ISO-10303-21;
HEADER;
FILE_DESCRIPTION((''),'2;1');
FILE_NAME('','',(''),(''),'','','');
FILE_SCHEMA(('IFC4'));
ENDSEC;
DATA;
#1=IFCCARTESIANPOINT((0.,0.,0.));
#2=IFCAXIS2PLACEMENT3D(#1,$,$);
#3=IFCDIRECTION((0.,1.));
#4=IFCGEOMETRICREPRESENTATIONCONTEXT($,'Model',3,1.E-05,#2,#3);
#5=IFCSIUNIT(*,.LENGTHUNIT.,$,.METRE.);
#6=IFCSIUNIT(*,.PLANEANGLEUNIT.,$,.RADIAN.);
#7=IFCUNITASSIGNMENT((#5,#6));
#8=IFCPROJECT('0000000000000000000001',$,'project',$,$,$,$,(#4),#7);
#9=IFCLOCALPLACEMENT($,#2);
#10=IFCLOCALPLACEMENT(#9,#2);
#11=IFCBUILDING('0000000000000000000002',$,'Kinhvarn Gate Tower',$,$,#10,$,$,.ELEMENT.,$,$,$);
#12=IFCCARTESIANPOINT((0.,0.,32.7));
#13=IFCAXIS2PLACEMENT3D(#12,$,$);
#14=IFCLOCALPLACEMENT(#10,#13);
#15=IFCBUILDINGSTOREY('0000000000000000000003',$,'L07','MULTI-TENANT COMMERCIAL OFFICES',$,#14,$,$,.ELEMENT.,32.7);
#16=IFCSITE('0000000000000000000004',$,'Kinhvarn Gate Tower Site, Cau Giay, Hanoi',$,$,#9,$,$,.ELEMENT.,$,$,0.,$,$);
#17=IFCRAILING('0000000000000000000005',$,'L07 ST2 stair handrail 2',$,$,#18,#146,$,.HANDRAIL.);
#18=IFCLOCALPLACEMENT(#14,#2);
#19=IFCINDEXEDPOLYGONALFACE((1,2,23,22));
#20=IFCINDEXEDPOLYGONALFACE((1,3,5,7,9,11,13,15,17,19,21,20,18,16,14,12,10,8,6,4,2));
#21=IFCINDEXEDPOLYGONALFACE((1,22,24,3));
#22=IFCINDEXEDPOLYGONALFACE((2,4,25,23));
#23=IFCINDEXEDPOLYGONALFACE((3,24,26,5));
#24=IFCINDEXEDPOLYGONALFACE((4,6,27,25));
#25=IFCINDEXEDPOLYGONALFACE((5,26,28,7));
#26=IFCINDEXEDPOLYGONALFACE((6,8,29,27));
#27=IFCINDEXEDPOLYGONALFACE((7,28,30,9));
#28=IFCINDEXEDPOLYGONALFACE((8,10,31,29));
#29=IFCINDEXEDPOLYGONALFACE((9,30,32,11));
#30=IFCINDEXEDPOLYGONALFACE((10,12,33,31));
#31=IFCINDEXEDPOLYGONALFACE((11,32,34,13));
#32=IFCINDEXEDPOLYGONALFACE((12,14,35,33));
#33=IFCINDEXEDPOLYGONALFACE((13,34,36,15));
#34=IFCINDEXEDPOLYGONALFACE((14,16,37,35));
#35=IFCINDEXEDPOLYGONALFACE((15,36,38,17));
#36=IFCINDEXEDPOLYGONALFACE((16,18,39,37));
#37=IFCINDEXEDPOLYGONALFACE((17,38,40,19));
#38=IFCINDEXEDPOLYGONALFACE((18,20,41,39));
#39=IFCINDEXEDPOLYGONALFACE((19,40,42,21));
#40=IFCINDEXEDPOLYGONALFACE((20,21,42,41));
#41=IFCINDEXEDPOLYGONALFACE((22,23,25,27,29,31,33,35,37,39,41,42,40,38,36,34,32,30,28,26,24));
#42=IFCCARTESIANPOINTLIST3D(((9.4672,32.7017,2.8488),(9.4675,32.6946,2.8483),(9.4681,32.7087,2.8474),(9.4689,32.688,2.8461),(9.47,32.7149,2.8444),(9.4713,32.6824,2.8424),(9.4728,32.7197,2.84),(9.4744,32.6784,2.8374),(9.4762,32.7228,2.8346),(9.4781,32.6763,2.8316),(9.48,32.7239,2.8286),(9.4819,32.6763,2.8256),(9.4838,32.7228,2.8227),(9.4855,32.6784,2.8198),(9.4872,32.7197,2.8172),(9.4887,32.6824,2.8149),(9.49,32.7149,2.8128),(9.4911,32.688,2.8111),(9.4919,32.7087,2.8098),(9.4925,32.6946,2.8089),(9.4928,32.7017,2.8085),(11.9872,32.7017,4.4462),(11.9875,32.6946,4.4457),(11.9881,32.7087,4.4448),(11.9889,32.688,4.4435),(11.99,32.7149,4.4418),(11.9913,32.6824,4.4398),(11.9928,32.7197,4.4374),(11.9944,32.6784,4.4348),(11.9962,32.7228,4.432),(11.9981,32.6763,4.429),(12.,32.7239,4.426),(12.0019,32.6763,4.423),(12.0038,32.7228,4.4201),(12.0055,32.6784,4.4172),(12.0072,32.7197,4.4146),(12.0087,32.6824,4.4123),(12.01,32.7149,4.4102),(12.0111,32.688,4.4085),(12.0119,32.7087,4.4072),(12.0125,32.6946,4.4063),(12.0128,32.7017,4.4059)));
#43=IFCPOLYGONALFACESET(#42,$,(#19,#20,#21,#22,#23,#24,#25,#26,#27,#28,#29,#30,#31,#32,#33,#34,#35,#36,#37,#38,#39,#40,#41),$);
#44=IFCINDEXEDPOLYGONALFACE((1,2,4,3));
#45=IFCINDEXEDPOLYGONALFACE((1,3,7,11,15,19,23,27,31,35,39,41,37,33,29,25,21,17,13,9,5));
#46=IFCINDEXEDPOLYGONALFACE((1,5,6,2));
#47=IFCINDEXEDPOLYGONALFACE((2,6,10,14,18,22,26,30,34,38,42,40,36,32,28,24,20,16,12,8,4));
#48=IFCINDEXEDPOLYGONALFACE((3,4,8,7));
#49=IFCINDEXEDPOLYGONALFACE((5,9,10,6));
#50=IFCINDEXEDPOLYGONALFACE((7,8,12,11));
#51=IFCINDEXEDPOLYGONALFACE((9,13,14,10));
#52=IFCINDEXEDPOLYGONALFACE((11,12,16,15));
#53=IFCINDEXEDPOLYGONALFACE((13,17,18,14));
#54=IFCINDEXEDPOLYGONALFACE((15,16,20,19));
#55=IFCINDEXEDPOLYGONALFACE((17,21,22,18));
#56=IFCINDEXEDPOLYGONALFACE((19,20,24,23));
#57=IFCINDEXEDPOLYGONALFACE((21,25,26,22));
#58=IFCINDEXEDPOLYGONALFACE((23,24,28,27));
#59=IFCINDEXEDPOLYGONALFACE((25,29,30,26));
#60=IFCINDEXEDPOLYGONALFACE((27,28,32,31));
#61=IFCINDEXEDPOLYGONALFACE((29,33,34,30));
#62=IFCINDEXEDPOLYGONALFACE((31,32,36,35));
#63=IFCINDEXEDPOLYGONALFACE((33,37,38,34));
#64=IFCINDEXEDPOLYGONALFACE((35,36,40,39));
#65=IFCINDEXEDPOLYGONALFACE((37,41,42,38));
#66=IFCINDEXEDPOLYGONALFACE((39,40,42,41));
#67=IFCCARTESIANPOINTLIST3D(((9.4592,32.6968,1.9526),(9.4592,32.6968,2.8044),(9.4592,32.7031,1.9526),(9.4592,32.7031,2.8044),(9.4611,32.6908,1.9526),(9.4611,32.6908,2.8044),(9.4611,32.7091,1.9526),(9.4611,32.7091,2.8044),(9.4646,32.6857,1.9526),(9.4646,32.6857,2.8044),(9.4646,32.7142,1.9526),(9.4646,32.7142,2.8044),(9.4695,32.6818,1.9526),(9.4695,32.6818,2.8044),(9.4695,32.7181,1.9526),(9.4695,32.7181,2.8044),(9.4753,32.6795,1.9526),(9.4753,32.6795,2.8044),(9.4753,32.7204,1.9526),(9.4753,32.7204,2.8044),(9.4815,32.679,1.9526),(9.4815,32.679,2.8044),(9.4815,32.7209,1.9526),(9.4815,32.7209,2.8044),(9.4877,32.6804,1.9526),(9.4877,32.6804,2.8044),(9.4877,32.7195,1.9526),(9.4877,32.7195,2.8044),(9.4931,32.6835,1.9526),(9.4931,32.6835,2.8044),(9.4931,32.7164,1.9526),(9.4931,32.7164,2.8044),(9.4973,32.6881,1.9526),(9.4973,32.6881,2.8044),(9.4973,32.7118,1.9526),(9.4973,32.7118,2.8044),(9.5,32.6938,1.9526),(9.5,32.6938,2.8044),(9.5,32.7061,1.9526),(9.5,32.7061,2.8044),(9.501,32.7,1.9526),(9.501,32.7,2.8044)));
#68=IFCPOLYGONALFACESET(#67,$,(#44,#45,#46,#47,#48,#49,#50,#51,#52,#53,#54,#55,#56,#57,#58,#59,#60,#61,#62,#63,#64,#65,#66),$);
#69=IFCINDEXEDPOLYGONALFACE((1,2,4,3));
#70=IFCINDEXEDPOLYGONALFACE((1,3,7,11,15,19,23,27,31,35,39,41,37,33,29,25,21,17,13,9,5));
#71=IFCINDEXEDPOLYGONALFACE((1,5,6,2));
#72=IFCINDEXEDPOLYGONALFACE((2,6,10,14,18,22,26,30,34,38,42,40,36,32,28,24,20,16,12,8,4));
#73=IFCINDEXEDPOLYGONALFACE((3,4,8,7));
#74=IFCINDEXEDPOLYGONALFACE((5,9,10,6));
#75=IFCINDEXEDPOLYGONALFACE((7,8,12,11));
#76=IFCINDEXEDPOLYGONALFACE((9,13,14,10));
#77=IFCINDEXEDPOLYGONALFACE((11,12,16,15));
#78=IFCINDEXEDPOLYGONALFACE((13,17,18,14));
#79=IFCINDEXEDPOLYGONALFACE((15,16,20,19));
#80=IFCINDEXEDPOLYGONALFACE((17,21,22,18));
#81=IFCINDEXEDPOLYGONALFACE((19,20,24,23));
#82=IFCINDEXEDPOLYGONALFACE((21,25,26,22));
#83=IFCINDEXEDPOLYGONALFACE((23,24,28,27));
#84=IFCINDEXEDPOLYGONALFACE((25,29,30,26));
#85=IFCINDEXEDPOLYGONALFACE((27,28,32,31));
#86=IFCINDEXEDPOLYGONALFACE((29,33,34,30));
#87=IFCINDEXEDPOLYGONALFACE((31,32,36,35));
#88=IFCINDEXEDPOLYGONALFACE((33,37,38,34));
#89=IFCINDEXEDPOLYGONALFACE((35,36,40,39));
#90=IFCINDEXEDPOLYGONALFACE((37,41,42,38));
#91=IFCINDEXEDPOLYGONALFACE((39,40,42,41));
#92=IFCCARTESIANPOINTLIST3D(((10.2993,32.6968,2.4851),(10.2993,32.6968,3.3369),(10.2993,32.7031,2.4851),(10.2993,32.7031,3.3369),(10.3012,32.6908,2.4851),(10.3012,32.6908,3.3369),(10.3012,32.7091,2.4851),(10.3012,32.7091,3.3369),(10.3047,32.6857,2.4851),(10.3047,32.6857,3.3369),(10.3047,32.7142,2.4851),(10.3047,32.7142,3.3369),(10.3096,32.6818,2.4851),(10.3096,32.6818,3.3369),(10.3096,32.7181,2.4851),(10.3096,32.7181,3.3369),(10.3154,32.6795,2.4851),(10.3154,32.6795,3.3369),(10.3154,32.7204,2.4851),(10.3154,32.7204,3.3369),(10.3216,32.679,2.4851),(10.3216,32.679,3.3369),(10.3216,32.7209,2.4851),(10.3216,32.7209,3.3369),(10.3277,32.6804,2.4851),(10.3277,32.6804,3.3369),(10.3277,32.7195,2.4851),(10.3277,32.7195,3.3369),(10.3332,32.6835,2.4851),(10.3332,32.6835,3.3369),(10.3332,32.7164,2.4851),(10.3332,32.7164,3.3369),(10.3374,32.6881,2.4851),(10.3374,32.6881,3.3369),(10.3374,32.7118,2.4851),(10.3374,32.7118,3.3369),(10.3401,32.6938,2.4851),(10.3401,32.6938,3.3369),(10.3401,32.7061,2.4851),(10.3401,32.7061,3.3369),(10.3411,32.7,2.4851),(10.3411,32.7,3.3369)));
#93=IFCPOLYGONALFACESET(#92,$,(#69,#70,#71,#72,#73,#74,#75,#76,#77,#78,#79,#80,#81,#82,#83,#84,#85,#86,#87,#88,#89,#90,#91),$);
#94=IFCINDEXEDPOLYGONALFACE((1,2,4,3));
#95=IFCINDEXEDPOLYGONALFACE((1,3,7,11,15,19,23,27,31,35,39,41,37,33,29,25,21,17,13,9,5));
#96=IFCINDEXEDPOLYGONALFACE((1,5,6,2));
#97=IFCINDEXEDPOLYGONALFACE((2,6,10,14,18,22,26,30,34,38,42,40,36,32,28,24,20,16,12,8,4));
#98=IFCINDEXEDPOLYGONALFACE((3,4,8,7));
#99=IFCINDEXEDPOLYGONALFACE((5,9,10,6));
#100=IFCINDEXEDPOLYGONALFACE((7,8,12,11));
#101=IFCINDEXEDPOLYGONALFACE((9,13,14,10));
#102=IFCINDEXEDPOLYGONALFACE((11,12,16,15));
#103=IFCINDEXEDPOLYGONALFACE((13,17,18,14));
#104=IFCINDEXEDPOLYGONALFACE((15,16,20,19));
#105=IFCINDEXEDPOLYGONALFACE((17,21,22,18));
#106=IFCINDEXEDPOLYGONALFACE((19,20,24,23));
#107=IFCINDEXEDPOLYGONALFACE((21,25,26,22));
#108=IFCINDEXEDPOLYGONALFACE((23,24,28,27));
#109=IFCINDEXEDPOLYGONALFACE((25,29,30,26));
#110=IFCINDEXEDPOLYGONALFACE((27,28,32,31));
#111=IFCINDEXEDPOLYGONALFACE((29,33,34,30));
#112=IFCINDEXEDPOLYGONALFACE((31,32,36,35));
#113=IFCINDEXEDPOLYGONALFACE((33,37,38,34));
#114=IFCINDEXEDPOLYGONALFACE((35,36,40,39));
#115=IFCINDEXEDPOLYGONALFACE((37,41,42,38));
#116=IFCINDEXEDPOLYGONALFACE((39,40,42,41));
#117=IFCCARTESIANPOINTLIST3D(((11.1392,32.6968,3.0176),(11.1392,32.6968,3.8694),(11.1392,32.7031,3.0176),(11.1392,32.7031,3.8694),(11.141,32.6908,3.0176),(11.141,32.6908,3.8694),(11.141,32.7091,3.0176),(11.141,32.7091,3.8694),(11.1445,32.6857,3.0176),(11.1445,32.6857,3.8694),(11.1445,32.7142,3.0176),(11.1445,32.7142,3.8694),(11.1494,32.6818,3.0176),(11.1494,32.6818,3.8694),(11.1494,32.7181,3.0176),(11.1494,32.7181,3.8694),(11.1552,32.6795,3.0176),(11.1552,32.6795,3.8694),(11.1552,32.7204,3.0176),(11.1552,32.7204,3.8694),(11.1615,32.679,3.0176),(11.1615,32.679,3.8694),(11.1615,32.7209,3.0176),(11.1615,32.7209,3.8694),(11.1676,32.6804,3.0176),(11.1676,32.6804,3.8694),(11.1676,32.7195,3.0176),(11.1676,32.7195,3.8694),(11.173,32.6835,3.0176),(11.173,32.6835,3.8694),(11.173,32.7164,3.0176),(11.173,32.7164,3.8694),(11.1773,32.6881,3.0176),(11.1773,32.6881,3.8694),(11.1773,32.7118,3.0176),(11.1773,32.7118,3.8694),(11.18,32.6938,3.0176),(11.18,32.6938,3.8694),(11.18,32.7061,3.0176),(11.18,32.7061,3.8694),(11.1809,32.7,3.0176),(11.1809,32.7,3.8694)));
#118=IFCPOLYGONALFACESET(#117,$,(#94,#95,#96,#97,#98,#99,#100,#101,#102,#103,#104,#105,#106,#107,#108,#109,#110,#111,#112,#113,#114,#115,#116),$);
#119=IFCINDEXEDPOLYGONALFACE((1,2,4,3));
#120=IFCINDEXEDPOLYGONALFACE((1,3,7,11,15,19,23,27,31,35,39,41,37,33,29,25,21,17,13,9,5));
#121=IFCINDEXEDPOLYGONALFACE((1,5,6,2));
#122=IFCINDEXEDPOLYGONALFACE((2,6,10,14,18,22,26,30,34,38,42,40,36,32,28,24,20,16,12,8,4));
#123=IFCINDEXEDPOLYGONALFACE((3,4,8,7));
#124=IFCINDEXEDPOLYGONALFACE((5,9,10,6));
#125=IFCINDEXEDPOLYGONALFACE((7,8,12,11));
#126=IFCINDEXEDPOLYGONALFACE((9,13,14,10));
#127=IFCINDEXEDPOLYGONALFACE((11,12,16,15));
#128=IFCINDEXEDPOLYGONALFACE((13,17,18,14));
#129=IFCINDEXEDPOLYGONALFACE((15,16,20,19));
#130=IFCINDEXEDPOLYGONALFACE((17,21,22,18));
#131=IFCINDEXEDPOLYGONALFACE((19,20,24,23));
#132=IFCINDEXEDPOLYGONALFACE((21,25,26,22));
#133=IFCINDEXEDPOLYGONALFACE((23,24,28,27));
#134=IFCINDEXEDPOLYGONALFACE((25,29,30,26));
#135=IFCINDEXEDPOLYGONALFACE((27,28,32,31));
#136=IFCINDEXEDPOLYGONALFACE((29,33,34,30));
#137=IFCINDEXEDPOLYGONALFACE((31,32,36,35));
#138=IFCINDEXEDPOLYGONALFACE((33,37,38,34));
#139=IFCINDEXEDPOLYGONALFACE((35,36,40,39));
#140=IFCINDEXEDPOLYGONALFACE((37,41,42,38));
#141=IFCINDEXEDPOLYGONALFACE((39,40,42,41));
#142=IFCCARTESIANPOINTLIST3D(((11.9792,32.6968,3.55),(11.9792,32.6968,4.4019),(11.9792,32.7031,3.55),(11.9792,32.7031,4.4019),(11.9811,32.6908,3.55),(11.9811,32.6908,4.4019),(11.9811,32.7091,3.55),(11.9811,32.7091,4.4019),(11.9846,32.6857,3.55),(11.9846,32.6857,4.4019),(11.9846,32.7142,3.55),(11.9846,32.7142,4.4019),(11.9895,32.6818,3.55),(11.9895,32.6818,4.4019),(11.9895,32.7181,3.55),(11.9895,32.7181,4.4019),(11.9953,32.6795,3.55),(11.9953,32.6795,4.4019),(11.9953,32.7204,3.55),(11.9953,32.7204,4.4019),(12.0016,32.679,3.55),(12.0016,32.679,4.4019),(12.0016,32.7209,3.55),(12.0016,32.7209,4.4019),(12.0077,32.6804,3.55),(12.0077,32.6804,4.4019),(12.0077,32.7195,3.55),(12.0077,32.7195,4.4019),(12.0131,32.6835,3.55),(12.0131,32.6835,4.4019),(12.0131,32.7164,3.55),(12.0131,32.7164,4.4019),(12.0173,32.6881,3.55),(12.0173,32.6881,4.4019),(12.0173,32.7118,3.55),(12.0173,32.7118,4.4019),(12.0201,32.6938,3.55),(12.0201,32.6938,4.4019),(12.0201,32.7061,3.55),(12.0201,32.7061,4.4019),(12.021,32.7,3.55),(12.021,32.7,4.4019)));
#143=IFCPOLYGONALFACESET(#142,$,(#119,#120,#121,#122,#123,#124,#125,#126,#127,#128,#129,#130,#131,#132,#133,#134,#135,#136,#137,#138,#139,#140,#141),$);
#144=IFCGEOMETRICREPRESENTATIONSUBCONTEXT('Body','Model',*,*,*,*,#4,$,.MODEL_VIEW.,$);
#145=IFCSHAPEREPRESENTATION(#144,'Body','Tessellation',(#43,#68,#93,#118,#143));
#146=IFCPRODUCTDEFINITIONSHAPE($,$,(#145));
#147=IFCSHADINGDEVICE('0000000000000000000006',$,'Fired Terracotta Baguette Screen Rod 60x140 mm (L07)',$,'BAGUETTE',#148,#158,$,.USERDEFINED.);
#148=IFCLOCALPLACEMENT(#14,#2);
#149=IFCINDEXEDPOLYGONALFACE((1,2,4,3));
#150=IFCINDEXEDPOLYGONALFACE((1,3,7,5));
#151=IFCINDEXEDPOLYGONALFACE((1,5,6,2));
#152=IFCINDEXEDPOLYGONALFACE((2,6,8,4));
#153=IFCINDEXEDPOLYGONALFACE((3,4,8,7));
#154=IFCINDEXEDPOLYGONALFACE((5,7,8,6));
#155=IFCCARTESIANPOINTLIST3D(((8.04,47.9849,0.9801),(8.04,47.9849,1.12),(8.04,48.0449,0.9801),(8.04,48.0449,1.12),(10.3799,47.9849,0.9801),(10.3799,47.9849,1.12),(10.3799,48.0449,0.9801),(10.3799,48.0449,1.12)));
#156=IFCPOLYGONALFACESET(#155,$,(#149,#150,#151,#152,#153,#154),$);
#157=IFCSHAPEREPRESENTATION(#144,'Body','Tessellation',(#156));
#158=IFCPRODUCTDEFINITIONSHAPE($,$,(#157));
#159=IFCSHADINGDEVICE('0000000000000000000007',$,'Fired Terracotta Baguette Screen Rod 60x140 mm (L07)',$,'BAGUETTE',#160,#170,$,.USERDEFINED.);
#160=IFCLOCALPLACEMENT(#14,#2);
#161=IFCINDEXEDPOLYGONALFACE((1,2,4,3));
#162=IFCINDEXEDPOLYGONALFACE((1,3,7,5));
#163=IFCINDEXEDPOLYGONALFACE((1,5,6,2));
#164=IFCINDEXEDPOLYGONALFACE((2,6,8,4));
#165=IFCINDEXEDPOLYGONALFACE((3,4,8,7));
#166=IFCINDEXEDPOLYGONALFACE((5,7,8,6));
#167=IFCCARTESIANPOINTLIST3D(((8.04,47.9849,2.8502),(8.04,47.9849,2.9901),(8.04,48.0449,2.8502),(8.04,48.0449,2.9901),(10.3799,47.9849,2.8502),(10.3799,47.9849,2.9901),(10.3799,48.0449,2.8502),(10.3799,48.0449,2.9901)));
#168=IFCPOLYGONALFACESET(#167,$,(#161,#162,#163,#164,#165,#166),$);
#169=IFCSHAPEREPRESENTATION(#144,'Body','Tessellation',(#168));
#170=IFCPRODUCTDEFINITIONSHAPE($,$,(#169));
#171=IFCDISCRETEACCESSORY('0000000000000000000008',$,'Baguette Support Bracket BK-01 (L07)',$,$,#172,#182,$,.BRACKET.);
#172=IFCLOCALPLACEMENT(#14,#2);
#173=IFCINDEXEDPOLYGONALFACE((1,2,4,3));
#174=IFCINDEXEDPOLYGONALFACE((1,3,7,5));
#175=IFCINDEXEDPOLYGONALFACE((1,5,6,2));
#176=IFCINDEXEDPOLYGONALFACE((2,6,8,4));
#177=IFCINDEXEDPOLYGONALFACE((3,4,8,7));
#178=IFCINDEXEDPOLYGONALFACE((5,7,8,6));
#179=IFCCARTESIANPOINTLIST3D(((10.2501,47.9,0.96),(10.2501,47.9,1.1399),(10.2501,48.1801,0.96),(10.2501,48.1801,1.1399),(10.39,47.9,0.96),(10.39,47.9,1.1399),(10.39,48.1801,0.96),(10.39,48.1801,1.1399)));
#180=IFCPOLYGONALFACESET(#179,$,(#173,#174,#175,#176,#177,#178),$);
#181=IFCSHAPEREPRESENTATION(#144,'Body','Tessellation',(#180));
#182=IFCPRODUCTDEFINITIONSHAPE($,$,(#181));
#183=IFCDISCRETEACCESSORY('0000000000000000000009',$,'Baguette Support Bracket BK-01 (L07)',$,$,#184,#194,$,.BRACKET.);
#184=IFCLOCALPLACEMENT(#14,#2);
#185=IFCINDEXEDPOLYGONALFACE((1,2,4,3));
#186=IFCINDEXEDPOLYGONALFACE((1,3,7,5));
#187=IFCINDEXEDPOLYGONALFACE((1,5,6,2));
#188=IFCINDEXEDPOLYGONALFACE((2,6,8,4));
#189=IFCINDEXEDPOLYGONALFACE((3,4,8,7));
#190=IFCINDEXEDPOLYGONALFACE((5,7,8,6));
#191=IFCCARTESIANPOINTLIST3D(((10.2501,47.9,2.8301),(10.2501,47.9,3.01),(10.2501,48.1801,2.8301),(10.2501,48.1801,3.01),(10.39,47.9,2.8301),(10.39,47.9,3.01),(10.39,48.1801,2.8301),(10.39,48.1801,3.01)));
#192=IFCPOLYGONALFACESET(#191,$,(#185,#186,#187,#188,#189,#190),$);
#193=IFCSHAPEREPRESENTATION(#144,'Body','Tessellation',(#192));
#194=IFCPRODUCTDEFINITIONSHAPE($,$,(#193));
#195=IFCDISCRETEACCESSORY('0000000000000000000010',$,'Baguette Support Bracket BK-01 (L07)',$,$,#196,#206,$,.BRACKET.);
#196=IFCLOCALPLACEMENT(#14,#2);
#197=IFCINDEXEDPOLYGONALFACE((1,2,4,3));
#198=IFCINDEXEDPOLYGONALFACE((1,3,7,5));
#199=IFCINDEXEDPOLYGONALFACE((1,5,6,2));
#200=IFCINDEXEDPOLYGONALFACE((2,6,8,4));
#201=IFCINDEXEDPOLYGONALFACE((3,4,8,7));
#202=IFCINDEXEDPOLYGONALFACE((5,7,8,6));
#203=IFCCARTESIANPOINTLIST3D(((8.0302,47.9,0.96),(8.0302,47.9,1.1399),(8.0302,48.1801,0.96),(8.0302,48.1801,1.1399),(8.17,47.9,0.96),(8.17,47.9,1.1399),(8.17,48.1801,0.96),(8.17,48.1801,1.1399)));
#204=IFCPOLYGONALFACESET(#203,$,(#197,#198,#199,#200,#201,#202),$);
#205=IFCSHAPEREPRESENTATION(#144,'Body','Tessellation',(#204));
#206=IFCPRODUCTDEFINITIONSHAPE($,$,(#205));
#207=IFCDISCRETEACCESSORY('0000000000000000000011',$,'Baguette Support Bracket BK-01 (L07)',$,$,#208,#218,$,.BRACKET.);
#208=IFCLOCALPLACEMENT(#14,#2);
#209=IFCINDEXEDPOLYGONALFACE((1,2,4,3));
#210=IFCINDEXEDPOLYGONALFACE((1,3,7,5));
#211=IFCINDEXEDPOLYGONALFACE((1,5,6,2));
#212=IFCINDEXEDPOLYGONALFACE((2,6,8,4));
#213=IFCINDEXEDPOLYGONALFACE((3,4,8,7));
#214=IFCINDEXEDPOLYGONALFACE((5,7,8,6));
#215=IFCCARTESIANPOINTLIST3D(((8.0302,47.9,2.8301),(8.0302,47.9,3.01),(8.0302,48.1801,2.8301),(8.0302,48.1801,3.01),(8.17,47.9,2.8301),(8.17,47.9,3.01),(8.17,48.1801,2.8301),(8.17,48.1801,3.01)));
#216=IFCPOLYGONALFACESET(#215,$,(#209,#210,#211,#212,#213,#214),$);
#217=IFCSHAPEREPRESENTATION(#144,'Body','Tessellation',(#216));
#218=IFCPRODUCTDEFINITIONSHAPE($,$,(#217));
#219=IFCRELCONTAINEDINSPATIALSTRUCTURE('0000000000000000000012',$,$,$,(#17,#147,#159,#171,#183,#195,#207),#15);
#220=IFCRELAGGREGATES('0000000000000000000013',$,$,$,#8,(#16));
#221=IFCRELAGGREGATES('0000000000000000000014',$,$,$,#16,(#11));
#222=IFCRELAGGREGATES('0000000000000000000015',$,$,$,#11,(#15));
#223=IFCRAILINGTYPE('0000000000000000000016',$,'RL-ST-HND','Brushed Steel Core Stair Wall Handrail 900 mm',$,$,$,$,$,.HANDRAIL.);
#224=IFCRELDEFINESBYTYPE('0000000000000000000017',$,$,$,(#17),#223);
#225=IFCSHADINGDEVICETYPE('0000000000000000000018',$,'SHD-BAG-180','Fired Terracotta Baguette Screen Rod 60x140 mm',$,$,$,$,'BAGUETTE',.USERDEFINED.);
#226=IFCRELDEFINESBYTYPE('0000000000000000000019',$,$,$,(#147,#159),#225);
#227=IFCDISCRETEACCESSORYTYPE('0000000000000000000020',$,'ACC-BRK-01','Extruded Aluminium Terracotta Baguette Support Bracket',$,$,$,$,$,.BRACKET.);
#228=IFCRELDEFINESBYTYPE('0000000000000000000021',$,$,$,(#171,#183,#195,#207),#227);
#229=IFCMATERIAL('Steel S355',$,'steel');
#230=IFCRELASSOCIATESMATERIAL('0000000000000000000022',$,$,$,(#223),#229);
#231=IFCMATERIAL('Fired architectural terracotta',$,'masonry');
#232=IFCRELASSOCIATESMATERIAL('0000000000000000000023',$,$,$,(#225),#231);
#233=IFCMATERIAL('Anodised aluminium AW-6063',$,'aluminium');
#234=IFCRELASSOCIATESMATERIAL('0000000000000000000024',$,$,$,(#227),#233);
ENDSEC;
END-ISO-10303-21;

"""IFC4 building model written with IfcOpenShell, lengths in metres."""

from ifc_helpers import new_model, si_unit, direction, frame, origin, origin_2d, place, context, subcontext, project, spatial, rectangle, circle, extrude, material, material_profile, profile_set, type_object, element, save


model = new_model("IFC4")

# Units and contexts
model_context = context("Model", 3, precision=1e-05, world=origin(), true_north=direction((0.0, 1.0)))
body_context = subcontext(model_context, "Body", "Model", "MODEL_VIEW")
ifc_project = project(units=[si_unit("LENGTHUNIT", "METRE"), si_unit("PLANEANGLEUNIT", "RADIAN")], contexts=[model_context])

# Site, building, storey
site_placement = place(None, origin())
site = spatial("IfcSite", under=ifc_project, at=site_placement, Name="Kinhvarn Gate Tower Site, Cau Giay, Hanoi", CompositionType="ELEMENT", RefElevation=0.0)
building_placement = place(site_placement, origin())
building = spatial("IfcBuilding", under=site, at=building_placement, Name="Kinhvarn Gate Tower", CompositionType="ELEMENT")
storey_placement = place(building_placement, frame((0.0, 0.0, 32.7)))
storey = spatial("IfcBuildingStorey", under=building, at=storey_placement, Name="L07", Description="MULTI-TENANT COMMERCIAL OFFICES", CompositionType="ELEMENT", Elevation=32.7)

# Shared definitions
ifc_material_1 = material(Name="Anodised aluminium AW-6063", Category="aluminium")

# Shared definitions
ifc_material_2 = material(Name="Steel S355", Category="steel")

# Shared definitions
ifc_material_3 = material(Name="Fired architectural terracotta", Category="masonry")

# Railing
railing_type_1 = type_object("IfcRailingType", Name="RL-ST-HND", Description="Brushed Steel Core Stair Wall Handrail 900 mm", PredefinedType="HANDRAIL", material=ifc_material_2)
railing_1_placement = place(storey_placement, frame((9.48, 32.7, 1.9526)))
element("IfcRailing", 1, at=railing_1_placement, inside=storey, type_object=railing_type_1, Name="L07 ST2 stair handrail 2", PredefinedType="HANDRAIL", context=body_context, shape_type="SweptSolid", body=[
    extrude(circle(Radius=0.0239, at=origin_2d()), frame((0.0, 0.0, 0.876), z_axis=(0.844607, 0.0, 0.535387), x_axis=(0.0, 1.0, 0.0)), (0.0, 0.0, 1.0), 2.9836),
    extrude(circle(Radius=0.021, at=origin_2d()), origin(), (0.0, 0.0, 1.0), 0.8518),
    extrude(circle(Radius=0.021, at=origin_2d()), frame((0.8401, 0.0, 0.5325)), (0.0, 0.0, 1.0), 0.8518),
    extrude(circle(Radius=0.021, at=origin_2d()), frame((1.6799, 0.0, 1.0649)), (0.0, 0.0, 1.0), 0.8518),
    extrude(circle(Radius=0.021, at=origin_2d()), frame((2.52, 0.0, 1.5974)), (0.0, 0.0, 1.0), 0.8518),
])

# Shading devices
ifc_material_profile_1 = material_profile(ifc_material_3, rectangle(XDim=0.0601, YDim=0.1399, at=origin_2d()), Name="TC 60x140")
ifc_profile_set_1 = profile_set([ifc_material_profile_1], Name="Fired architectural terracotta")
shading_device_type = type_object("IfcShadingDeviceType", Name="SHD-BAG-180", Description="Fired Terracotta Baguette Screen Rod 60x140 mm", ElementType="BAGUETTE", PredefinedType="USERDEFINED", material=ifc_profile_set_1)
for number, where, z_axis, x_axis, name in (
    (2, (10.3799, 48.0149, 1.05), (-1.0, 0.0, 0.0), (0.0, -1.0, 0.0), "Fired Terracotta Baguette Screen Rod 60x140 mm (L07)"),
    (3, (10.3799, 48.0149, 2.9202), (-1.0, 0.0, 0.0), (0.0, -1.0, 0.0), "Fired Terracotta Baguette Screen Rod 60x140 mm (L07)"),
):
    element("IfcShadingDevice", number, at=place(storey_placement, frame(where, z_axis=z_axis, x_axis=x_axis)), inside=storey, type_object=shading_device_type, Name=name, ObjectType="BAGUETTE", PredefinedType="USERDEFINED", context=body_context, shape_type="SweptSolid", body=[
        extrude(rectangle(XDim=0.0601, YDim=0.1399, at=origin_2d()), origin(), (0.0, 0.0, 1.0), 2.3398),
    ])

# Discrete accessories
discrete_accessory_type = type_object("IfcDiscreteAccessoryType", Name="ACC-BRK-01", Description="Extruded Aluminium Terracotta Baguette Support Bracket", PredefinedType="BRACKET", material=ifc_material_1)
for number, where, z_axis, x_axis, name in (
    (4, (10.3201, 48.04, 0.96), (0.0, 0.0, 1.0), (-1.0, 0.0, 0.0), "Baguette Support Bracket BK-01 (L07)"),
    (5, (10.3201, 48.04, 2.8301), (0.0, 0.0, 1.0), (-1.0, 0.0, 0.0), "Baguette Support Bracket BK-01 (L07)"),
    (6, (8.1001, 48.04, 0.96), (0.0, 0.0, 1.0), (-1.0, 0.0, 0.0), "Baguette Support Bracket BK-01 (L07)"),
    (7, (8.1001, 48.04, 2.8301), (0.0, 0.0, 1.0), (-1.0, 0.0, 0.0), "Baguette Support Bracket BK-01 (L07)"),
):
    element("IfcDiscreteAccessory", number, at=place(storey_placement, frame(where, z_axis=z_axis, x_axis=x_axis)), inside=storey, type_object=discrete_accessory_type, Name=name, PredefinedType="BRACKET", context=body_context, shape_type="SweptSolid", body=[
        extrude(rectangle(XDim=0.1399, YDim=0.28, at=origin_2d()), origin(), (0.0, 0.0, 1.0), 0.1799),
    ])

save(model, "model.ifc")
